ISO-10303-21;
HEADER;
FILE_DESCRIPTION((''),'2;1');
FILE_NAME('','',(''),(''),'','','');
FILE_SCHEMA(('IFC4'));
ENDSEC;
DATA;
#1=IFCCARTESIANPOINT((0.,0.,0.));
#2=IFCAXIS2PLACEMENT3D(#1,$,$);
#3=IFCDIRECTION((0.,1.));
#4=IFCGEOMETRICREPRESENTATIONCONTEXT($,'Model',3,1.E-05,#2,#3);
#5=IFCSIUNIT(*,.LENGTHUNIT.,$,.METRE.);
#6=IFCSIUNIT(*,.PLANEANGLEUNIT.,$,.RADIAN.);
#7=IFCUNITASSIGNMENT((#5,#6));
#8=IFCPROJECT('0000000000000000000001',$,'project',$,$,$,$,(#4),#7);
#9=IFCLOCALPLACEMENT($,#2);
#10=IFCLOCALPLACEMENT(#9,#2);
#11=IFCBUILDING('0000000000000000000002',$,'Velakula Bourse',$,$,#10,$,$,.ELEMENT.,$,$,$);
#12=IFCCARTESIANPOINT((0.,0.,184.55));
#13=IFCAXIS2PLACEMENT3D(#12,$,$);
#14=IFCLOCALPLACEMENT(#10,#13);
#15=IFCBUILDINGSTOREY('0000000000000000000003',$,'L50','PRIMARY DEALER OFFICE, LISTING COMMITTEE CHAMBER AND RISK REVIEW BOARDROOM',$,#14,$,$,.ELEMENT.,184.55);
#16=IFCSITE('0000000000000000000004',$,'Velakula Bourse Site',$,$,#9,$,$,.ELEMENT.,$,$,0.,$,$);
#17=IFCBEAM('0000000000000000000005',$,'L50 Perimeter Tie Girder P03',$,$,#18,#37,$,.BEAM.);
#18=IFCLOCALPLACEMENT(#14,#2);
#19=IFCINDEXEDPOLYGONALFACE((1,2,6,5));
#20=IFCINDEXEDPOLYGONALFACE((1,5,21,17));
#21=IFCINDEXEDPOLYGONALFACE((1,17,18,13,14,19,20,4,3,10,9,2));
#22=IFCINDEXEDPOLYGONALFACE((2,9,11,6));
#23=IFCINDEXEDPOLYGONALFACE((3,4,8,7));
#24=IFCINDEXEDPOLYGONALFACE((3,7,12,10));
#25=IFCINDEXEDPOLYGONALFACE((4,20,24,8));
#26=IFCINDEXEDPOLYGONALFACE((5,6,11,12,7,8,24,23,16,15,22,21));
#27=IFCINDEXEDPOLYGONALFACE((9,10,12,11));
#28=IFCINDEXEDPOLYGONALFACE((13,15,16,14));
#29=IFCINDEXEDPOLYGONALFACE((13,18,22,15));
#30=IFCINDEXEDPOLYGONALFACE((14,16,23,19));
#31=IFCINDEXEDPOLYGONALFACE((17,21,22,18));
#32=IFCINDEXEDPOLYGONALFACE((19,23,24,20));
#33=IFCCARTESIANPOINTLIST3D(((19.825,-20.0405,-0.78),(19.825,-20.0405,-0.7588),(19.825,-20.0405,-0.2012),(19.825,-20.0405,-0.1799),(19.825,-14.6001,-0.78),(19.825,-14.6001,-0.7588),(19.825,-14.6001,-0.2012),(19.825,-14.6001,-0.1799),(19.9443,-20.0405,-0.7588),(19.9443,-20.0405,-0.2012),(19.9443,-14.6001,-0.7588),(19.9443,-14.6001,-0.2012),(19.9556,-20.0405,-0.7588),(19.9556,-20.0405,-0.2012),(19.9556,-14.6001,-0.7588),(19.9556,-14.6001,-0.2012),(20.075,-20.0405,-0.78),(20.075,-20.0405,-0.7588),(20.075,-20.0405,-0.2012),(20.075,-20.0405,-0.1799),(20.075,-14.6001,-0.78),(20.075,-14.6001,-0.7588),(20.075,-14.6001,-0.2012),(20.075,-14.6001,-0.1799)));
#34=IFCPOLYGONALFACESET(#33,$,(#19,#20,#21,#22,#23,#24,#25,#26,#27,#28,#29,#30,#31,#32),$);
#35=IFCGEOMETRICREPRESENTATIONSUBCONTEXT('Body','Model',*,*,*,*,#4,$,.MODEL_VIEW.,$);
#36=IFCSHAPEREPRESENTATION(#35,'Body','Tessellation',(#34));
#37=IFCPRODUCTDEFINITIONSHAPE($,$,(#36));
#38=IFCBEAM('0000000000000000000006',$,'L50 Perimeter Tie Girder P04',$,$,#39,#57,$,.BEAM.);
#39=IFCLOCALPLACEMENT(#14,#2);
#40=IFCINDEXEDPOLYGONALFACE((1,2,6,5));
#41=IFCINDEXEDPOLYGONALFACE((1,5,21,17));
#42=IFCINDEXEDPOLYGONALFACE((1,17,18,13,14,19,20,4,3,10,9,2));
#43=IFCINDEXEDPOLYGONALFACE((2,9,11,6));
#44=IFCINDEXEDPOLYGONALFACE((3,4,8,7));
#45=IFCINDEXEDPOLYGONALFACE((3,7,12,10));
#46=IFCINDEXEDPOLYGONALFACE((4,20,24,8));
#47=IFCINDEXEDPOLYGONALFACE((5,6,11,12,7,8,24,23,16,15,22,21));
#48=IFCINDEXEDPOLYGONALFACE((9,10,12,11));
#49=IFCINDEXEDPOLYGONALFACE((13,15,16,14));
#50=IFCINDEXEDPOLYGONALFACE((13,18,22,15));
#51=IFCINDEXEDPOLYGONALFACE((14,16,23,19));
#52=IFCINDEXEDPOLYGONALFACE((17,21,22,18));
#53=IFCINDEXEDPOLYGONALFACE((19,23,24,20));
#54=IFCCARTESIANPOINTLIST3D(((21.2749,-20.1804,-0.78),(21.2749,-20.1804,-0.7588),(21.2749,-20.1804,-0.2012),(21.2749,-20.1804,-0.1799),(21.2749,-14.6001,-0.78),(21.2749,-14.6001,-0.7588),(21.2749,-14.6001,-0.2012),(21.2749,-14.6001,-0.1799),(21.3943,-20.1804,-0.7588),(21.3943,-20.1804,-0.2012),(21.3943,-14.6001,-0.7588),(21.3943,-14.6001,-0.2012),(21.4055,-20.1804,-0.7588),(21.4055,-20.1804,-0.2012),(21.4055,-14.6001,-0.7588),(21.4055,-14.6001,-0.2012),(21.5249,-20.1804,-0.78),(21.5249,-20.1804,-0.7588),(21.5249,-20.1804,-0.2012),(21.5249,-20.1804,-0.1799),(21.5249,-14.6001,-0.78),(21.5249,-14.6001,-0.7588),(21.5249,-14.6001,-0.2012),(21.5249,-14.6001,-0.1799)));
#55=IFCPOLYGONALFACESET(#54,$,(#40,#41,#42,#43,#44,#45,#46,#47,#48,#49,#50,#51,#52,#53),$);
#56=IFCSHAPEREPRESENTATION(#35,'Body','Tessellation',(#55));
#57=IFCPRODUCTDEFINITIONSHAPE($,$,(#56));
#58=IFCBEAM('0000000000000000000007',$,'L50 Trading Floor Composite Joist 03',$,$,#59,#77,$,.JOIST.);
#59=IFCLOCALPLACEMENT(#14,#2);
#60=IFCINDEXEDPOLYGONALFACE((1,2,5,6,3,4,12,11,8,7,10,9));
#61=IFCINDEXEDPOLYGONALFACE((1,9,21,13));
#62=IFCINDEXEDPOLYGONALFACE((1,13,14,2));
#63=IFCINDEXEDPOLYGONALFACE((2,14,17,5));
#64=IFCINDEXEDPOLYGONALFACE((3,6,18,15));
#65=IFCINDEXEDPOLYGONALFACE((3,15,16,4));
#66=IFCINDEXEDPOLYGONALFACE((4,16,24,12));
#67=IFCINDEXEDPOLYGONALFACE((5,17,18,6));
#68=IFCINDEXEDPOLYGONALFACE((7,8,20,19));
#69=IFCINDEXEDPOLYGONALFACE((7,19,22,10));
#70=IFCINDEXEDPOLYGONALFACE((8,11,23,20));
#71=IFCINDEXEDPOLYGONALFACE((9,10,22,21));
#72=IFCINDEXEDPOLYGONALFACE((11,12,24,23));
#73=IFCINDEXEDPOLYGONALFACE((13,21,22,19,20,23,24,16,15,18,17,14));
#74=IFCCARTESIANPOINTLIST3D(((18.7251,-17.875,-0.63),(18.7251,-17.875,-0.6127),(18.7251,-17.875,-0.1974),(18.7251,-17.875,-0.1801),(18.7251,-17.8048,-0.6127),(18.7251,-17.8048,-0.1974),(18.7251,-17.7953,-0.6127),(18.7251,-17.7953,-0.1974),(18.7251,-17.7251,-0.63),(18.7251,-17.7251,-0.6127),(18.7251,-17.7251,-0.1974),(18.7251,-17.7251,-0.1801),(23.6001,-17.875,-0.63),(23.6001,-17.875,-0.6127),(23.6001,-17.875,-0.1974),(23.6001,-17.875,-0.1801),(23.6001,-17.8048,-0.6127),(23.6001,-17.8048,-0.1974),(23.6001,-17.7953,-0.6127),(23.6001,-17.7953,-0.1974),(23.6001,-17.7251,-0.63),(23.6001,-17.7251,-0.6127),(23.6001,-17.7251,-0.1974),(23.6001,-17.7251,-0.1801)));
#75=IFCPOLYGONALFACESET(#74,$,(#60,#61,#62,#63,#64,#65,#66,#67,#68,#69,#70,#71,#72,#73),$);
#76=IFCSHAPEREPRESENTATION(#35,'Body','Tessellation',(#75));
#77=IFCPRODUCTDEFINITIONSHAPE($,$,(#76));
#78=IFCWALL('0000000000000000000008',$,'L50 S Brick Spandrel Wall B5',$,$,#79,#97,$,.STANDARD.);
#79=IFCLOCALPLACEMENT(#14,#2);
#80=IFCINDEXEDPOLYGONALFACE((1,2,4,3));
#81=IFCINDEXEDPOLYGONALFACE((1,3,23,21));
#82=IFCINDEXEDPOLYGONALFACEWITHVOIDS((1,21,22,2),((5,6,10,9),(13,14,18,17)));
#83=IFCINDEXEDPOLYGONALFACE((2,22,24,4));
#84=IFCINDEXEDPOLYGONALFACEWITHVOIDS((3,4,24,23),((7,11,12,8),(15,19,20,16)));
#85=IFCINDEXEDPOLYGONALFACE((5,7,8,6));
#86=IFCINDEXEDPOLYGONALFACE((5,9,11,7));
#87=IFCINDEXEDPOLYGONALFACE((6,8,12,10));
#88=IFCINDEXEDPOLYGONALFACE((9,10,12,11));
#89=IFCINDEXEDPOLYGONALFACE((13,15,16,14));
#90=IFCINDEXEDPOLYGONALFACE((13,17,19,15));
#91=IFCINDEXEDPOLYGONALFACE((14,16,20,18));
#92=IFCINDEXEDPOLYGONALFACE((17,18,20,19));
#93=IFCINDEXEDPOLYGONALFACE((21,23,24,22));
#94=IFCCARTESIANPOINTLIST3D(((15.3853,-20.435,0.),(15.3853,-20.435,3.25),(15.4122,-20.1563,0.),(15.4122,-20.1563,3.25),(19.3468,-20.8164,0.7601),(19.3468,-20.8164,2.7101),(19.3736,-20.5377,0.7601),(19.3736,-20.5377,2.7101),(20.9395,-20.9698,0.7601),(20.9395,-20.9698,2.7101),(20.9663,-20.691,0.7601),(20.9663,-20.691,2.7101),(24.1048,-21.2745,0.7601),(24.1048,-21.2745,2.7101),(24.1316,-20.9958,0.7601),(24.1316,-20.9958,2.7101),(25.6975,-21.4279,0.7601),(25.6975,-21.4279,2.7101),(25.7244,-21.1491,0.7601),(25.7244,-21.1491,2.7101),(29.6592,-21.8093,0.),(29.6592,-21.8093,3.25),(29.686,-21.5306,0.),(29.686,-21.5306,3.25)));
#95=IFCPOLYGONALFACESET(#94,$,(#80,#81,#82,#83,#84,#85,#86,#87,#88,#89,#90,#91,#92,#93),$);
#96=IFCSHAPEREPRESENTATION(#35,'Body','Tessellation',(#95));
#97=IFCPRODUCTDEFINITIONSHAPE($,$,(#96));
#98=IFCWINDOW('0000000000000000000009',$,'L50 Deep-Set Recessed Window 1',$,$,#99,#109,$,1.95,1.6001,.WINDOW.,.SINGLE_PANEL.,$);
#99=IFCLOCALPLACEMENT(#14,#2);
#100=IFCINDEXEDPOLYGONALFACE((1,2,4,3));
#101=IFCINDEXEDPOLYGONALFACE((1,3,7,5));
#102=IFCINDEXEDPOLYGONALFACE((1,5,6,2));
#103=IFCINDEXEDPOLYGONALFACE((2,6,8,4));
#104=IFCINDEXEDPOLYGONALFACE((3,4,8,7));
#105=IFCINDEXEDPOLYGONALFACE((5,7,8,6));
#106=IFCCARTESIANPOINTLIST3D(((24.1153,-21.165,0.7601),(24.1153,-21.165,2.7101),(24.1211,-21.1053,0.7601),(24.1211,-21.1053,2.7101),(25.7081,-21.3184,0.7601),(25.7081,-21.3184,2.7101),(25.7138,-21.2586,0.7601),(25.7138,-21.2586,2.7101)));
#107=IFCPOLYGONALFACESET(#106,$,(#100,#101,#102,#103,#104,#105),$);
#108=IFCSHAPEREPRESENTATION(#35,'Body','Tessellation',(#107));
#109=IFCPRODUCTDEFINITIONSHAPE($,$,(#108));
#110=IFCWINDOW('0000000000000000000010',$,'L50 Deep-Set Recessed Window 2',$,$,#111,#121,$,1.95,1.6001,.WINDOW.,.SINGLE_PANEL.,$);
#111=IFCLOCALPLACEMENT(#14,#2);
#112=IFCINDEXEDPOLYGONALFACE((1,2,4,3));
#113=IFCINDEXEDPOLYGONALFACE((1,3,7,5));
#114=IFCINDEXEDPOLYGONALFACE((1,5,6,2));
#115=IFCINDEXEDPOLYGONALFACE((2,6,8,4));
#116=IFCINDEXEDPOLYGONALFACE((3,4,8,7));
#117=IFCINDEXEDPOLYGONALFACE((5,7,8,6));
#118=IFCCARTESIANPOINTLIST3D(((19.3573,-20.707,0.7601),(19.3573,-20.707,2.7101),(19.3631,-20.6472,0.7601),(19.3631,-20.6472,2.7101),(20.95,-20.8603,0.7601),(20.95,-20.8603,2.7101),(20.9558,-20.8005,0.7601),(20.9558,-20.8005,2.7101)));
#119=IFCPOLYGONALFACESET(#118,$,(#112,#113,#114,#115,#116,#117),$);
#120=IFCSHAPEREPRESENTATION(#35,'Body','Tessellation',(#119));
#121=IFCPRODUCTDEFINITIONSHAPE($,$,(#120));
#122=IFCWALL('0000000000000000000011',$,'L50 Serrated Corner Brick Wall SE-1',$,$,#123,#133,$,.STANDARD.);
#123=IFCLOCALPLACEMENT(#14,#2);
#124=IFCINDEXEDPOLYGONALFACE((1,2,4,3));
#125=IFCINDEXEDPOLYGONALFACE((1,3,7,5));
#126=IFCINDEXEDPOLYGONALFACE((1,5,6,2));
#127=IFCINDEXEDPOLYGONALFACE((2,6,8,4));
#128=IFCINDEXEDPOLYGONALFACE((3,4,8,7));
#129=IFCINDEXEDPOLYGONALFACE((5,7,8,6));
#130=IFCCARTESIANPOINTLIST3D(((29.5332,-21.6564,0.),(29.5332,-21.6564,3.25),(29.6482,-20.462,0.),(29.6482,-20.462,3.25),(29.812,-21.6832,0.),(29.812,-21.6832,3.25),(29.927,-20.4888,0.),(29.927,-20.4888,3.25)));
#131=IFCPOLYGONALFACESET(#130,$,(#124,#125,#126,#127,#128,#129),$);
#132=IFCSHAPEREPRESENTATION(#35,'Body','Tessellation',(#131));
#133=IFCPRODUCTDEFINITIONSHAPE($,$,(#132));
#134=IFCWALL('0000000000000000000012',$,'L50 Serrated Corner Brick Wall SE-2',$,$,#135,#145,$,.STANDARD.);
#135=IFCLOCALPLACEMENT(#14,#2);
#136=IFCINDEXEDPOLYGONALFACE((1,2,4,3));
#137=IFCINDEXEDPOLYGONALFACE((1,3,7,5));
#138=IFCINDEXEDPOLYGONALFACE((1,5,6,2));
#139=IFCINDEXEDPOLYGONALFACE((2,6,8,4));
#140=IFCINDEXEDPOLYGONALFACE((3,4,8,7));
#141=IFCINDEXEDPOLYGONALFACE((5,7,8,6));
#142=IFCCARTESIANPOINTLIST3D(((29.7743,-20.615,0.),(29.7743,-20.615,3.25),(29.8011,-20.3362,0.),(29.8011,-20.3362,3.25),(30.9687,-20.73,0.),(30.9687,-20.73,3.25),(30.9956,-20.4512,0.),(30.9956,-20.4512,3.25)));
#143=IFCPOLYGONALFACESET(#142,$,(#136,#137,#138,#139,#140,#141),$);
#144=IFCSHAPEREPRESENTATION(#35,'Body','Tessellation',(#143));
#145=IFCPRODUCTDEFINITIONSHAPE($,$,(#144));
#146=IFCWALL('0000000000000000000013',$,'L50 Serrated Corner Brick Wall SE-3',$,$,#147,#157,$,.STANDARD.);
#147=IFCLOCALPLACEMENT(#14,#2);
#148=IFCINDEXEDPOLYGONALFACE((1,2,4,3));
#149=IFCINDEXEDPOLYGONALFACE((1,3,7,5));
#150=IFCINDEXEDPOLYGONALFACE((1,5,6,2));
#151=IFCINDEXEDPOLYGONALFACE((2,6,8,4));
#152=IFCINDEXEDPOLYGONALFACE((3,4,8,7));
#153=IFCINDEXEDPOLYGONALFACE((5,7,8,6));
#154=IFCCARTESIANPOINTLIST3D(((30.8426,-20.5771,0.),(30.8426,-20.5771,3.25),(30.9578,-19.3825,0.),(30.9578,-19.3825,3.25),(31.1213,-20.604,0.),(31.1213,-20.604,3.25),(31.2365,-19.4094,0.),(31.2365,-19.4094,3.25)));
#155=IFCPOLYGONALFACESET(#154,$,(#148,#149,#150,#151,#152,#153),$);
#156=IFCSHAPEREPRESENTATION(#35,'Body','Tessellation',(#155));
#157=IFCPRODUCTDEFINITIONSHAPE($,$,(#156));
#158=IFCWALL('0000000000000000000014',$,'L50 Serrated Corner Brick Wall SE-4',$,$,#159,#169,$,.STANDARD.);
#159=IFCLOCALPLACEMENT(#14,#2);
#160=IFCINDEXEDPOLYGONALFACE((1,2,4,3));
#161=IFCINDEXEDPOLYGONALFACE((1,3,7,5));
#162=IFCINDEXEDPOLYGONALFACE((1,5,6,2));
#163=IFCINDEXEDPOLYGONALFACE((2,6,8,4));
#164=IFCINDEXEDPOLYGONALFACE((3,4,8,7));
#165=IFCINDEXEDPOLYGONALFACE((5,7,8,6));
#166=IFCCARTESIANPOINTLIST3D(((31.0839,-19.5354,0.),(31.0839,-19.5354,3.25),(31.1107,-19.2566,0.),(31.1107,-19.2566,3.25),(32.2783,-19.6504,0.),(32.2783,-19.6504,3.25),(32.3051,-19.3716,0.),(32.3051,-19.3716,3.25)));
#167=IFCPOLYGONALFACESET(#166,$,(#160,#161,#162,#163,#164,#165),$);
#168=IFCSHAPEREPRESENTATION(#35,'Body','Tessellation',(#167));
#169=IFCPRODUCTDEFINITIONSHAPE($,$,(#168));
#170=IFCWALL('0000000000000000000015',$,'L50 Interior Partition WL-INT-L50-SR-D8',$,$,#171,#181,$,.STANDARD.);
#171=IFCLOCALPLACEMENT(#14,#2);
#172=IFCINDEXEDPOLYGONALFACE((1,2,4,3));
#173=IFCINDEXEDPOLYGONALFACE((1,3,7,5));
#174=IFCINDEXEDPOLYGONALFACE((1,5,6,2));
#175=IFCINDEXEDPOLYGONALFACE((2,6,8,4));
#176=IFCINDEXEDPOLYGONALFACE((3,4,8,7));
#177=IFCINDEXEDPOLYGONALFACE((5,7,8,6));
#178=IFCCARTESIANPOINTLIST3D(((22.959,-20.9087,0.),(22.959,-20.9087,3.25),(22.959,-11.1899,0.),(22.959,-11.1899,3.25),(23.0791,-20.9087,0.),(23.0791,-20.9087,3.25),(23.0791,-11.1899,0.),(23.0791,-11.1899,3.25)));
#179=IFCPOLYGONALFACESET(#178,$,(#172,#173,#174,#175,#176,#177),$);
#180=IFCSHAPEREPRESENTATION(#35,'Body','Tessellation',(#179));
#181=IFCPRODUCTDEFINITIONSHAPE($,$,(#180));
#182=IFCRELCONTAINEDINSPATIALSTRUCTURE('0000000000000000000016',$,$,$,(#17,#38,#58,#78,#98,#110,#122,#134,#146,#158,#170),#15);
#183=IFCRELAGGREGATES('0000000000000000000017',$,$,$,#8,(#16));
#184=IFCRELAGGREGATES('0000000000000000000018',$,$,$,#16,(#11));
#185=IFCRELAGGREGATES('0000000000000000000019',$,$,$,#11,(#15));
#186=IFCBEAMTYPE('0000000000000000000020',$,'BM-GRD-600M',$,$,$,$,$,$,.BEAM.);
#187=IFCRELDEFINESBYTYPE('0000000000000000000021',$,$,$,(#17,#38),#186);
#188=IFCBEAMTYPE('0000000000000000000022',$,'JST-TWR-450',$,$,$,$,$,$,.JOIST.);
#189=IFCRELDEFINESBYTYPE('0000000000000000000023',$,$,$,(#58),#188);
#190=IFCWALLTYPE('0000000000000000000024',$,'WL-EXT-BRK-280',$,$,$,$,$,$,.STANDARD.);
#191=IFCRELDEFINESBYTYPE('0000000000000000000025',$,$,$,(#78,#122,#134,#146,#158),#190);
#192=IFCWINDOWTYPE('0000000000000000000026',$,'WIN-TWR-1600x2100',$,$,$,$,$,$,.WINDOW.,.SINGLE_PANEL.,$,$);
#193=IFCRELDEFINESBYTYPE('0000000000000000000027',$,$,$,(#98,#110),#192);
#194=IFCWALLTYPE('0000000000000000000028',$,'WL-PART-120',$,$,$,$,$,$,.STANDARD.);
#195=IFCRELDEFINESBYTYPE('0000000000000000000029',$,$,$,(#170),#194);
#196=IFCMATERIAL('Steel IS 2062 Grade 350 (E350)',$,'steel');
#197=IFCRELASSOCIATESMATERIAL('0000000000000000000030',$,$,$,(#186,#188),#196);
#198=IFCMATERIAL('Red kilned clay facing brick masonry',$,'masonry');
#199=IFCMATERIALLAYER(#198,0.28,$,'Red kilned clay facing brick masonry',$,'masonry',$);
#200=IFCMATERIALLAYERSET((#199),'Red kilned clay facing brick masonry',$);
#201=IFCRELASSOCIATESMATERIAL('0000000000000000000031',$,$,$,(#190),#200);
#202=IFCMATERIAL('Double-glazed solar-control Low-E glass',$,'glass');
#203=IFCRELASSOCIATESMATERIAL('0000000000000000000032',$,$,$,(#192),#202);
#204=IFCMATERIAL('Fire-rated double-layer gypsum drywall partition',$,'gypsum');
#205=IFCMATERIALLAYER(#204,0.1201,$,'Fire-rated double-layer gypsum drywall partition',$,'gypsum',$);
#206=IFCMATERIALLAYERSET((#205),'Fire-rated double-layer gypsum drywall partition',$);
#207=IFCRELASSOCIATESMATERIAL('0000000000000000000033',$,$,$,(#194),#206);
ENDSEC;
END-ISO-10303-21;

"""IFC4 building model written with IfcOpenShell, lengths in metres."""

from ifc_helpers import new_model, si_unit, direction, frame, frame_2d, origin, origin_2d, place, context, subcontext, project, spatial, rectangle, i_section, extrude, material, layer, layer_set, material_profile, profile_set, type_object, element, fill, save


model = new_model("IFC4")

# Units and contexts
model_context = context("Model", 3, precision=1e-05, world=origin(), true_north=direction((0.0, 1.0)))
body_context = subcontext(model_context, "Body", "Model", "MODEL_VIEW")
ifc_project = project(units=[si_unit("LENGTHUNIT", "METRE"), si_unit("PLANEANGLEUNIT", "RADIAN")], contexts=[model_context])

# Site, building, storey
site_placement = place(None, origin())
site = spatial("IfcSite", under=ifc_project, at=site_placement, Name="Velakula Bourse Site", CompositionType="ELEMENT", RefElevation=0.0)
building_placement = place(site_placement, origin())
building = spatial("IfcBuilding", under=site, at=building_placement, Name="Velakula Bourse", CompositionType="ELEMENT")
storey_placement = place(building_placement, frame((0.0, 0.0, 184.55)))
storey = spatial("IfcBuildingStorey", under=building, at=storey_placement, Name="L50", Description="PRIMARY DEALER OFFICE, LISTING COMMITTEE CHAMBER AND RISK REVIEW BOARDROOM", CompositionType="ELEMENT", Elevation=184.55)

# Shared definitions
ifc_material_1 = material(Name="Steel IS 2062 Grade 350 (E350)", Category="steel")

# Beams
ifc_material_profile_1 = material_profile(ifc_material_1, i_section(OverallWidth=0.25, OverallDepth=0.6001, WebThickness=0.0112, FlangeThickness=0.0212, at=origin_2d()), Name="Steel IS 2062 Grade 350 (E350)")
ifc_profile_set_1 = profile_set([ifc_material_profile_1], Name="Steel IS 2062 Grade 350 (E350)")
beam_type_1 = type_object("IfcBeamType", Name="BM-GRD-600M", PredefinedType="BEAM", material=ifc_profile_set_1)
beam_1_placement = place(storey_placement, frame((19.95, -14.6001, -0.48), z_axis=(0.0, -1.0, 0.0), x_axis=(1.0, 0.0, 0.0)))
element("IfcBeam", 1, at=beam_1_placement, inside=storey, type_object=beam_type_1, Name="L50 Perimeter Tie Girder P03", PredefinedType="BEAM", context=body_context, shape_type="SweptSolid", body=[
    extrude(i_section(OverallWidth=0.25, OverallDepth=0.6001, WebThickness=0.0112, FlangeThickness=0.0212, at=origin_2d()), origin(), (0.0, 0.0, 1.0), 5.4404),
])
beam_2_placement = place(storey_placement, frame((21.3999, -14.6001, -0.48), z_axis=(0.0, -1.0, 0.0), x_axis=(1.0, 0.0, 0.0)))
element("IfcBeam", 2, at=beam_2_placement, inside=storey, type_object=beam_type_1, Name="L50 Perimeter Tie Girder P04", PredefinedType="BEAM", context=body_context, shape_type="SweptSolid", body=[
    extrude(i_section(OverallWidth=0.25, OverallDepth=0.6001, WebThickness=0.0112, FlangeThickness=0.0212, at=origin_2d()), origin(), (0.0, 0.0, 1.0), 5.5803),
])
ifc_material_profile_2 = material_profile(ifc_material_1, i_section(OverallWidth=0.1499, OverallDepth=0.45, WebThickness=0.0095, FlangeThickness=0.0173, at=origin_2d()), Name="Steel IS 2062 Grade 350 (E350)")
ifc_profile_set_2 = profile_set([ifc_material_profile_2], Name="Steel IS 2062 Grade 350 (E350)")
beam_type_2 = type_object("IfcBeamType", Name="JST-TWR-450", PredefinedType="JOIST", material=ifc_profile_set_2)
beam_3_placement = place(storey_placement, frame((18.7251, -17.8, -0.405), z_axis=(1.0, 0.0, 0.0), x_axis=(0.0, 1.0, 0.0)))
element("IfcBeam", 3, at=beam_3_placement, inside=storey, type_object=beam_type_2, Name="L50 Trading Floor Composite Joist 03", PredefinedType="JOIST", context=body_context, shape_type="SweptSolid", body=[
    extrude(i_section(OverallWidth=0.1499, OverallDepth=0.45, WebThickness=0.0095, FlangeThickness=0.0173, at=origin_2d()), origin(), (0.0, 0.0, 1.0), 4.875),
])

# Wall, openings, windows
ifc_material_2 = material(Name="Red kilned clay facing brick masonry", Category="masonry")
ifc_layer_1 = layer(ifc_material_2, 0.28, Name="Red kilned clay facing brick masonry", Category="masonry")
ifc_layer_set_1 = layer_set([ifc_layer_1], Name="Red kilned clay facing brick masonry")
wall_type_1 = type_object("IfcWallType", Name="WL-EXT-BRK-280", PredefinedType="STANDARD", material=ifc_layer_set_1)
wall_1_placement = place(storey_placement, frame((29.6726, -21.6699, 0.0), z_axis=(0.0, 0.0, 1.0), x_axis=(-0.995397, 0.095835, 0.0)))
wall_1 = element("IfcWall", 4, at=wall_1_placement, inside=storey, type_object=wall_type_1, Name="L50 S Brick Spandrel Wall B5", PredefinedType="STANDARD", context=body_context, shape_type="SweptSolid", body=[
    extrude(rectangle(XDim=14.3398, YDim=0.28, at=frame_2d((7.1699, 0.0))), origin(), (0.0, 0.0, 1.0), 3.25),
])
opening_1_placement = place(wall_1_placement, frame((3.98, 0.0, 0.76)))
opening_1 = element("IfcOpeningElement", 5, at=opening_1_placement, cuts=wall_1, PredefinedType="OPENING", context=body_context, shape_type="SweptSolid", body=[
    extrude(rectangle(XDim=1.6001, YDim=1.95, at=frame_2d((0.8, 0.9751))), frame((0.0, 0.1499, 0.0), z_axis=(0.0, -1.0, 0.0), x_axis=(1.0, 0.0, 0.0)), (0.0, 0.0, 1.0), 0.3),
])
opening_2_placement = place(wall_1_placement, frame((8.76, 0.0, 0.76)))
opening_2 = element("IfcOpeningElement", 6, at=opening_2_placement, cuts=wall_1, PredefinedType="OPENING", context=body_context, shape_type="SweptSolid", body=[
    extrude(rectangle(XDim=1.6001, YDim=1.95, at=frame_2d((0.8, 0.9751))), frame((0.0, 0.1499, 0.0), z_axis=(0.0, -1.0, 0.0), x_axis=(1.0, 0.0, 0.0)), (0.0, 0.0, 1.0), 0.3),
])
ifc_material_3 = material(Name="Double-glazed solar-control Low-E glass", Category="glass")
window_type = type_object("IfcWindowType", Name="WIN-TWR-1600x2100", PartitioningType="SINGLE_PANEL", PredefinedType="WINDOW", material=ifc_material_3)
window_1_placement = place(opening_1_placement, origin())
window_1 = element("IfcWindow", 7, at=window_1_placement, inside=storey, type_object=window_type, Name="L50 Deep-Set Recessed Window 1", OverallHeight=1.95, OverallWidth=1.6001, PartitioningType="SINGLE_PANEL", PredefinedType="WINDOW", context=body_context, shape_type="SweptSolid", body=[
    extrude(rectangle(XDim=1.6001, YDim=1.95, at=frame_2d((0.8, 0.9751))), frame((0.0, 0.03, 0.0), z_axis=(0.0, -1.0, 0.0), x_axis=(1.0, 0.0, 0.0)), (0.0, 0.0, 1.0), 0.0601),
])
fill(opening_1, window_1)
window_2_placement = place(opening_2_placement, origin())
window_2 = element("IfcWindow", 8, at=window_2_placement, inside=storey, type_object=window_type, Name="L50 Deep-Set Recessed Window 2", OverallHeight=1.95, OverallWidth=1.6001, PartitioningType="SINGLE_PANEL", PredefinedType="WINDOW", context=body_context, shape_type="SweptSolid", body=[
    extrude(rectangle(XDim=1.6001, YDim=1.95, at=frame_2d((0.8, 0.9751))), frame((0.0, 0.03, 0.0), z_axis=(0.0, -1.0, 0.0), x_axis=(1.0, 0.0, 0.0)), (0.0, 0.0, 1.0), 0.0601),
])
fill(opening_2, window_2)

# Walls
for number, where, z_axis, x_axis, name in (
    (9, (29.6726, -21.6699, 0.0), (0.0, 0.0, 1.0), (0.095836, 0.995397, 0.0), "L50 Serrated Corner Brick Wall SE-1"),
    (10, (29.7876, -20.4756, 0.0), (0.0, 0.0, 1.0), (0.995397, -0.095836, 0.0), "L50 Serrated Corner Brick Wall SE-2"),
):
    element("IfcWall", number, at=place(storey_placement, frame(where, z_axis=z_axis, x_axis=x_axis)), inside=storey, type_object=wall_type_1, Name=name, PredefinedType="STANDARD", context=body_context, shape_type="SweptSolid", body=[
        extrude(rectangle(XDim=1.2, YDim=0.28, at=frame_2d((0.6001, 0.0))), origin(), (0.0, 0.0, 1.0), 3.25),
    ])
wall_2_placement = place(storey_placement, frame((30.9819, -20.5906, 0.0), z_axis=(0.0, 0.0, 1.0), x_axis=(0.096019, 0.99538, 0.0)))
element("IfcWall", 11, at=wall_2_placement, inside=storey, type_object=wall_type_1, Name="L50 Serrated Corner Brick Wall SE-3", PredefinedType="STANDARD", context=body_context, shape_type="SweptSolid", body=[
    extrude(rectangle(XDim=1.2002, YDim=0.28, at=frame_2d((0.6001, 0.0))), origin(), (0.0, 0.0, 1.0), 3.25),
])
wall_3_placement = place(storey_placement, frame((31.0972, -19.396, 0.0), z_axis=(0.0, 0.0, 1.0), x_axis=(0.995397, -0.095836, 0.0)))
element("IfcWall", 12, at=wall_3_placement, inside=storey, type_object=wall_type_1, Name="L50 Serrated Corner Brick Wall SE-4", PredefinedType="STANDARD", context=body_context, shape_type="SweptSolid", body=[
    extrude(rectangle(XDim=1.2, YDim=0.28, at=frame_2d((0.6001, 0.0))), origin(), (0.0, 0.0, 1.0), 3.25),
])
ifc_material_4 = material(Name="Fire-rated double-layer gypsum drywall partition", Category="gypsum")
ifc_layer_2 = layer(ifc_material_4, 0.1201, Name="Fire-rated double-layer gypsum drywall partition", Category="gypsum")
ifc_layer_set_2 = layer_set([ifc_layer_2], Name="Fire-rated double-layer gypsum drywall partition")
wall_type_2 = type_object("IfcWallType", Name="WL-PART-120", PredefinedType="STANDARD", material=ifc_layer_set_2)
wall_4_placement = place(storey_placement, frame((23.019, -20.9087, 0.0), z_axis=(0.0, 0.0, 1.0), x_axis=(0.0, 1.0, 0.0)))
element("IfcWall", 13, at=wall_4_placement, inside=storey, type_object=wall_type_2, Name="L50 Interior Partition WL-INT-L50-SR-D8", PredefinedType="STANDARD", context=body_context, shape_type="SweptSolid", body=[
    extrude(rectangle(XDim=9.7188, YDim=0.1201, at=frame_2d((4.8594, 0.0))), origin(), (0.0, 0.0, 1.0), 3.25),
])

save(model, "model.ifc")
